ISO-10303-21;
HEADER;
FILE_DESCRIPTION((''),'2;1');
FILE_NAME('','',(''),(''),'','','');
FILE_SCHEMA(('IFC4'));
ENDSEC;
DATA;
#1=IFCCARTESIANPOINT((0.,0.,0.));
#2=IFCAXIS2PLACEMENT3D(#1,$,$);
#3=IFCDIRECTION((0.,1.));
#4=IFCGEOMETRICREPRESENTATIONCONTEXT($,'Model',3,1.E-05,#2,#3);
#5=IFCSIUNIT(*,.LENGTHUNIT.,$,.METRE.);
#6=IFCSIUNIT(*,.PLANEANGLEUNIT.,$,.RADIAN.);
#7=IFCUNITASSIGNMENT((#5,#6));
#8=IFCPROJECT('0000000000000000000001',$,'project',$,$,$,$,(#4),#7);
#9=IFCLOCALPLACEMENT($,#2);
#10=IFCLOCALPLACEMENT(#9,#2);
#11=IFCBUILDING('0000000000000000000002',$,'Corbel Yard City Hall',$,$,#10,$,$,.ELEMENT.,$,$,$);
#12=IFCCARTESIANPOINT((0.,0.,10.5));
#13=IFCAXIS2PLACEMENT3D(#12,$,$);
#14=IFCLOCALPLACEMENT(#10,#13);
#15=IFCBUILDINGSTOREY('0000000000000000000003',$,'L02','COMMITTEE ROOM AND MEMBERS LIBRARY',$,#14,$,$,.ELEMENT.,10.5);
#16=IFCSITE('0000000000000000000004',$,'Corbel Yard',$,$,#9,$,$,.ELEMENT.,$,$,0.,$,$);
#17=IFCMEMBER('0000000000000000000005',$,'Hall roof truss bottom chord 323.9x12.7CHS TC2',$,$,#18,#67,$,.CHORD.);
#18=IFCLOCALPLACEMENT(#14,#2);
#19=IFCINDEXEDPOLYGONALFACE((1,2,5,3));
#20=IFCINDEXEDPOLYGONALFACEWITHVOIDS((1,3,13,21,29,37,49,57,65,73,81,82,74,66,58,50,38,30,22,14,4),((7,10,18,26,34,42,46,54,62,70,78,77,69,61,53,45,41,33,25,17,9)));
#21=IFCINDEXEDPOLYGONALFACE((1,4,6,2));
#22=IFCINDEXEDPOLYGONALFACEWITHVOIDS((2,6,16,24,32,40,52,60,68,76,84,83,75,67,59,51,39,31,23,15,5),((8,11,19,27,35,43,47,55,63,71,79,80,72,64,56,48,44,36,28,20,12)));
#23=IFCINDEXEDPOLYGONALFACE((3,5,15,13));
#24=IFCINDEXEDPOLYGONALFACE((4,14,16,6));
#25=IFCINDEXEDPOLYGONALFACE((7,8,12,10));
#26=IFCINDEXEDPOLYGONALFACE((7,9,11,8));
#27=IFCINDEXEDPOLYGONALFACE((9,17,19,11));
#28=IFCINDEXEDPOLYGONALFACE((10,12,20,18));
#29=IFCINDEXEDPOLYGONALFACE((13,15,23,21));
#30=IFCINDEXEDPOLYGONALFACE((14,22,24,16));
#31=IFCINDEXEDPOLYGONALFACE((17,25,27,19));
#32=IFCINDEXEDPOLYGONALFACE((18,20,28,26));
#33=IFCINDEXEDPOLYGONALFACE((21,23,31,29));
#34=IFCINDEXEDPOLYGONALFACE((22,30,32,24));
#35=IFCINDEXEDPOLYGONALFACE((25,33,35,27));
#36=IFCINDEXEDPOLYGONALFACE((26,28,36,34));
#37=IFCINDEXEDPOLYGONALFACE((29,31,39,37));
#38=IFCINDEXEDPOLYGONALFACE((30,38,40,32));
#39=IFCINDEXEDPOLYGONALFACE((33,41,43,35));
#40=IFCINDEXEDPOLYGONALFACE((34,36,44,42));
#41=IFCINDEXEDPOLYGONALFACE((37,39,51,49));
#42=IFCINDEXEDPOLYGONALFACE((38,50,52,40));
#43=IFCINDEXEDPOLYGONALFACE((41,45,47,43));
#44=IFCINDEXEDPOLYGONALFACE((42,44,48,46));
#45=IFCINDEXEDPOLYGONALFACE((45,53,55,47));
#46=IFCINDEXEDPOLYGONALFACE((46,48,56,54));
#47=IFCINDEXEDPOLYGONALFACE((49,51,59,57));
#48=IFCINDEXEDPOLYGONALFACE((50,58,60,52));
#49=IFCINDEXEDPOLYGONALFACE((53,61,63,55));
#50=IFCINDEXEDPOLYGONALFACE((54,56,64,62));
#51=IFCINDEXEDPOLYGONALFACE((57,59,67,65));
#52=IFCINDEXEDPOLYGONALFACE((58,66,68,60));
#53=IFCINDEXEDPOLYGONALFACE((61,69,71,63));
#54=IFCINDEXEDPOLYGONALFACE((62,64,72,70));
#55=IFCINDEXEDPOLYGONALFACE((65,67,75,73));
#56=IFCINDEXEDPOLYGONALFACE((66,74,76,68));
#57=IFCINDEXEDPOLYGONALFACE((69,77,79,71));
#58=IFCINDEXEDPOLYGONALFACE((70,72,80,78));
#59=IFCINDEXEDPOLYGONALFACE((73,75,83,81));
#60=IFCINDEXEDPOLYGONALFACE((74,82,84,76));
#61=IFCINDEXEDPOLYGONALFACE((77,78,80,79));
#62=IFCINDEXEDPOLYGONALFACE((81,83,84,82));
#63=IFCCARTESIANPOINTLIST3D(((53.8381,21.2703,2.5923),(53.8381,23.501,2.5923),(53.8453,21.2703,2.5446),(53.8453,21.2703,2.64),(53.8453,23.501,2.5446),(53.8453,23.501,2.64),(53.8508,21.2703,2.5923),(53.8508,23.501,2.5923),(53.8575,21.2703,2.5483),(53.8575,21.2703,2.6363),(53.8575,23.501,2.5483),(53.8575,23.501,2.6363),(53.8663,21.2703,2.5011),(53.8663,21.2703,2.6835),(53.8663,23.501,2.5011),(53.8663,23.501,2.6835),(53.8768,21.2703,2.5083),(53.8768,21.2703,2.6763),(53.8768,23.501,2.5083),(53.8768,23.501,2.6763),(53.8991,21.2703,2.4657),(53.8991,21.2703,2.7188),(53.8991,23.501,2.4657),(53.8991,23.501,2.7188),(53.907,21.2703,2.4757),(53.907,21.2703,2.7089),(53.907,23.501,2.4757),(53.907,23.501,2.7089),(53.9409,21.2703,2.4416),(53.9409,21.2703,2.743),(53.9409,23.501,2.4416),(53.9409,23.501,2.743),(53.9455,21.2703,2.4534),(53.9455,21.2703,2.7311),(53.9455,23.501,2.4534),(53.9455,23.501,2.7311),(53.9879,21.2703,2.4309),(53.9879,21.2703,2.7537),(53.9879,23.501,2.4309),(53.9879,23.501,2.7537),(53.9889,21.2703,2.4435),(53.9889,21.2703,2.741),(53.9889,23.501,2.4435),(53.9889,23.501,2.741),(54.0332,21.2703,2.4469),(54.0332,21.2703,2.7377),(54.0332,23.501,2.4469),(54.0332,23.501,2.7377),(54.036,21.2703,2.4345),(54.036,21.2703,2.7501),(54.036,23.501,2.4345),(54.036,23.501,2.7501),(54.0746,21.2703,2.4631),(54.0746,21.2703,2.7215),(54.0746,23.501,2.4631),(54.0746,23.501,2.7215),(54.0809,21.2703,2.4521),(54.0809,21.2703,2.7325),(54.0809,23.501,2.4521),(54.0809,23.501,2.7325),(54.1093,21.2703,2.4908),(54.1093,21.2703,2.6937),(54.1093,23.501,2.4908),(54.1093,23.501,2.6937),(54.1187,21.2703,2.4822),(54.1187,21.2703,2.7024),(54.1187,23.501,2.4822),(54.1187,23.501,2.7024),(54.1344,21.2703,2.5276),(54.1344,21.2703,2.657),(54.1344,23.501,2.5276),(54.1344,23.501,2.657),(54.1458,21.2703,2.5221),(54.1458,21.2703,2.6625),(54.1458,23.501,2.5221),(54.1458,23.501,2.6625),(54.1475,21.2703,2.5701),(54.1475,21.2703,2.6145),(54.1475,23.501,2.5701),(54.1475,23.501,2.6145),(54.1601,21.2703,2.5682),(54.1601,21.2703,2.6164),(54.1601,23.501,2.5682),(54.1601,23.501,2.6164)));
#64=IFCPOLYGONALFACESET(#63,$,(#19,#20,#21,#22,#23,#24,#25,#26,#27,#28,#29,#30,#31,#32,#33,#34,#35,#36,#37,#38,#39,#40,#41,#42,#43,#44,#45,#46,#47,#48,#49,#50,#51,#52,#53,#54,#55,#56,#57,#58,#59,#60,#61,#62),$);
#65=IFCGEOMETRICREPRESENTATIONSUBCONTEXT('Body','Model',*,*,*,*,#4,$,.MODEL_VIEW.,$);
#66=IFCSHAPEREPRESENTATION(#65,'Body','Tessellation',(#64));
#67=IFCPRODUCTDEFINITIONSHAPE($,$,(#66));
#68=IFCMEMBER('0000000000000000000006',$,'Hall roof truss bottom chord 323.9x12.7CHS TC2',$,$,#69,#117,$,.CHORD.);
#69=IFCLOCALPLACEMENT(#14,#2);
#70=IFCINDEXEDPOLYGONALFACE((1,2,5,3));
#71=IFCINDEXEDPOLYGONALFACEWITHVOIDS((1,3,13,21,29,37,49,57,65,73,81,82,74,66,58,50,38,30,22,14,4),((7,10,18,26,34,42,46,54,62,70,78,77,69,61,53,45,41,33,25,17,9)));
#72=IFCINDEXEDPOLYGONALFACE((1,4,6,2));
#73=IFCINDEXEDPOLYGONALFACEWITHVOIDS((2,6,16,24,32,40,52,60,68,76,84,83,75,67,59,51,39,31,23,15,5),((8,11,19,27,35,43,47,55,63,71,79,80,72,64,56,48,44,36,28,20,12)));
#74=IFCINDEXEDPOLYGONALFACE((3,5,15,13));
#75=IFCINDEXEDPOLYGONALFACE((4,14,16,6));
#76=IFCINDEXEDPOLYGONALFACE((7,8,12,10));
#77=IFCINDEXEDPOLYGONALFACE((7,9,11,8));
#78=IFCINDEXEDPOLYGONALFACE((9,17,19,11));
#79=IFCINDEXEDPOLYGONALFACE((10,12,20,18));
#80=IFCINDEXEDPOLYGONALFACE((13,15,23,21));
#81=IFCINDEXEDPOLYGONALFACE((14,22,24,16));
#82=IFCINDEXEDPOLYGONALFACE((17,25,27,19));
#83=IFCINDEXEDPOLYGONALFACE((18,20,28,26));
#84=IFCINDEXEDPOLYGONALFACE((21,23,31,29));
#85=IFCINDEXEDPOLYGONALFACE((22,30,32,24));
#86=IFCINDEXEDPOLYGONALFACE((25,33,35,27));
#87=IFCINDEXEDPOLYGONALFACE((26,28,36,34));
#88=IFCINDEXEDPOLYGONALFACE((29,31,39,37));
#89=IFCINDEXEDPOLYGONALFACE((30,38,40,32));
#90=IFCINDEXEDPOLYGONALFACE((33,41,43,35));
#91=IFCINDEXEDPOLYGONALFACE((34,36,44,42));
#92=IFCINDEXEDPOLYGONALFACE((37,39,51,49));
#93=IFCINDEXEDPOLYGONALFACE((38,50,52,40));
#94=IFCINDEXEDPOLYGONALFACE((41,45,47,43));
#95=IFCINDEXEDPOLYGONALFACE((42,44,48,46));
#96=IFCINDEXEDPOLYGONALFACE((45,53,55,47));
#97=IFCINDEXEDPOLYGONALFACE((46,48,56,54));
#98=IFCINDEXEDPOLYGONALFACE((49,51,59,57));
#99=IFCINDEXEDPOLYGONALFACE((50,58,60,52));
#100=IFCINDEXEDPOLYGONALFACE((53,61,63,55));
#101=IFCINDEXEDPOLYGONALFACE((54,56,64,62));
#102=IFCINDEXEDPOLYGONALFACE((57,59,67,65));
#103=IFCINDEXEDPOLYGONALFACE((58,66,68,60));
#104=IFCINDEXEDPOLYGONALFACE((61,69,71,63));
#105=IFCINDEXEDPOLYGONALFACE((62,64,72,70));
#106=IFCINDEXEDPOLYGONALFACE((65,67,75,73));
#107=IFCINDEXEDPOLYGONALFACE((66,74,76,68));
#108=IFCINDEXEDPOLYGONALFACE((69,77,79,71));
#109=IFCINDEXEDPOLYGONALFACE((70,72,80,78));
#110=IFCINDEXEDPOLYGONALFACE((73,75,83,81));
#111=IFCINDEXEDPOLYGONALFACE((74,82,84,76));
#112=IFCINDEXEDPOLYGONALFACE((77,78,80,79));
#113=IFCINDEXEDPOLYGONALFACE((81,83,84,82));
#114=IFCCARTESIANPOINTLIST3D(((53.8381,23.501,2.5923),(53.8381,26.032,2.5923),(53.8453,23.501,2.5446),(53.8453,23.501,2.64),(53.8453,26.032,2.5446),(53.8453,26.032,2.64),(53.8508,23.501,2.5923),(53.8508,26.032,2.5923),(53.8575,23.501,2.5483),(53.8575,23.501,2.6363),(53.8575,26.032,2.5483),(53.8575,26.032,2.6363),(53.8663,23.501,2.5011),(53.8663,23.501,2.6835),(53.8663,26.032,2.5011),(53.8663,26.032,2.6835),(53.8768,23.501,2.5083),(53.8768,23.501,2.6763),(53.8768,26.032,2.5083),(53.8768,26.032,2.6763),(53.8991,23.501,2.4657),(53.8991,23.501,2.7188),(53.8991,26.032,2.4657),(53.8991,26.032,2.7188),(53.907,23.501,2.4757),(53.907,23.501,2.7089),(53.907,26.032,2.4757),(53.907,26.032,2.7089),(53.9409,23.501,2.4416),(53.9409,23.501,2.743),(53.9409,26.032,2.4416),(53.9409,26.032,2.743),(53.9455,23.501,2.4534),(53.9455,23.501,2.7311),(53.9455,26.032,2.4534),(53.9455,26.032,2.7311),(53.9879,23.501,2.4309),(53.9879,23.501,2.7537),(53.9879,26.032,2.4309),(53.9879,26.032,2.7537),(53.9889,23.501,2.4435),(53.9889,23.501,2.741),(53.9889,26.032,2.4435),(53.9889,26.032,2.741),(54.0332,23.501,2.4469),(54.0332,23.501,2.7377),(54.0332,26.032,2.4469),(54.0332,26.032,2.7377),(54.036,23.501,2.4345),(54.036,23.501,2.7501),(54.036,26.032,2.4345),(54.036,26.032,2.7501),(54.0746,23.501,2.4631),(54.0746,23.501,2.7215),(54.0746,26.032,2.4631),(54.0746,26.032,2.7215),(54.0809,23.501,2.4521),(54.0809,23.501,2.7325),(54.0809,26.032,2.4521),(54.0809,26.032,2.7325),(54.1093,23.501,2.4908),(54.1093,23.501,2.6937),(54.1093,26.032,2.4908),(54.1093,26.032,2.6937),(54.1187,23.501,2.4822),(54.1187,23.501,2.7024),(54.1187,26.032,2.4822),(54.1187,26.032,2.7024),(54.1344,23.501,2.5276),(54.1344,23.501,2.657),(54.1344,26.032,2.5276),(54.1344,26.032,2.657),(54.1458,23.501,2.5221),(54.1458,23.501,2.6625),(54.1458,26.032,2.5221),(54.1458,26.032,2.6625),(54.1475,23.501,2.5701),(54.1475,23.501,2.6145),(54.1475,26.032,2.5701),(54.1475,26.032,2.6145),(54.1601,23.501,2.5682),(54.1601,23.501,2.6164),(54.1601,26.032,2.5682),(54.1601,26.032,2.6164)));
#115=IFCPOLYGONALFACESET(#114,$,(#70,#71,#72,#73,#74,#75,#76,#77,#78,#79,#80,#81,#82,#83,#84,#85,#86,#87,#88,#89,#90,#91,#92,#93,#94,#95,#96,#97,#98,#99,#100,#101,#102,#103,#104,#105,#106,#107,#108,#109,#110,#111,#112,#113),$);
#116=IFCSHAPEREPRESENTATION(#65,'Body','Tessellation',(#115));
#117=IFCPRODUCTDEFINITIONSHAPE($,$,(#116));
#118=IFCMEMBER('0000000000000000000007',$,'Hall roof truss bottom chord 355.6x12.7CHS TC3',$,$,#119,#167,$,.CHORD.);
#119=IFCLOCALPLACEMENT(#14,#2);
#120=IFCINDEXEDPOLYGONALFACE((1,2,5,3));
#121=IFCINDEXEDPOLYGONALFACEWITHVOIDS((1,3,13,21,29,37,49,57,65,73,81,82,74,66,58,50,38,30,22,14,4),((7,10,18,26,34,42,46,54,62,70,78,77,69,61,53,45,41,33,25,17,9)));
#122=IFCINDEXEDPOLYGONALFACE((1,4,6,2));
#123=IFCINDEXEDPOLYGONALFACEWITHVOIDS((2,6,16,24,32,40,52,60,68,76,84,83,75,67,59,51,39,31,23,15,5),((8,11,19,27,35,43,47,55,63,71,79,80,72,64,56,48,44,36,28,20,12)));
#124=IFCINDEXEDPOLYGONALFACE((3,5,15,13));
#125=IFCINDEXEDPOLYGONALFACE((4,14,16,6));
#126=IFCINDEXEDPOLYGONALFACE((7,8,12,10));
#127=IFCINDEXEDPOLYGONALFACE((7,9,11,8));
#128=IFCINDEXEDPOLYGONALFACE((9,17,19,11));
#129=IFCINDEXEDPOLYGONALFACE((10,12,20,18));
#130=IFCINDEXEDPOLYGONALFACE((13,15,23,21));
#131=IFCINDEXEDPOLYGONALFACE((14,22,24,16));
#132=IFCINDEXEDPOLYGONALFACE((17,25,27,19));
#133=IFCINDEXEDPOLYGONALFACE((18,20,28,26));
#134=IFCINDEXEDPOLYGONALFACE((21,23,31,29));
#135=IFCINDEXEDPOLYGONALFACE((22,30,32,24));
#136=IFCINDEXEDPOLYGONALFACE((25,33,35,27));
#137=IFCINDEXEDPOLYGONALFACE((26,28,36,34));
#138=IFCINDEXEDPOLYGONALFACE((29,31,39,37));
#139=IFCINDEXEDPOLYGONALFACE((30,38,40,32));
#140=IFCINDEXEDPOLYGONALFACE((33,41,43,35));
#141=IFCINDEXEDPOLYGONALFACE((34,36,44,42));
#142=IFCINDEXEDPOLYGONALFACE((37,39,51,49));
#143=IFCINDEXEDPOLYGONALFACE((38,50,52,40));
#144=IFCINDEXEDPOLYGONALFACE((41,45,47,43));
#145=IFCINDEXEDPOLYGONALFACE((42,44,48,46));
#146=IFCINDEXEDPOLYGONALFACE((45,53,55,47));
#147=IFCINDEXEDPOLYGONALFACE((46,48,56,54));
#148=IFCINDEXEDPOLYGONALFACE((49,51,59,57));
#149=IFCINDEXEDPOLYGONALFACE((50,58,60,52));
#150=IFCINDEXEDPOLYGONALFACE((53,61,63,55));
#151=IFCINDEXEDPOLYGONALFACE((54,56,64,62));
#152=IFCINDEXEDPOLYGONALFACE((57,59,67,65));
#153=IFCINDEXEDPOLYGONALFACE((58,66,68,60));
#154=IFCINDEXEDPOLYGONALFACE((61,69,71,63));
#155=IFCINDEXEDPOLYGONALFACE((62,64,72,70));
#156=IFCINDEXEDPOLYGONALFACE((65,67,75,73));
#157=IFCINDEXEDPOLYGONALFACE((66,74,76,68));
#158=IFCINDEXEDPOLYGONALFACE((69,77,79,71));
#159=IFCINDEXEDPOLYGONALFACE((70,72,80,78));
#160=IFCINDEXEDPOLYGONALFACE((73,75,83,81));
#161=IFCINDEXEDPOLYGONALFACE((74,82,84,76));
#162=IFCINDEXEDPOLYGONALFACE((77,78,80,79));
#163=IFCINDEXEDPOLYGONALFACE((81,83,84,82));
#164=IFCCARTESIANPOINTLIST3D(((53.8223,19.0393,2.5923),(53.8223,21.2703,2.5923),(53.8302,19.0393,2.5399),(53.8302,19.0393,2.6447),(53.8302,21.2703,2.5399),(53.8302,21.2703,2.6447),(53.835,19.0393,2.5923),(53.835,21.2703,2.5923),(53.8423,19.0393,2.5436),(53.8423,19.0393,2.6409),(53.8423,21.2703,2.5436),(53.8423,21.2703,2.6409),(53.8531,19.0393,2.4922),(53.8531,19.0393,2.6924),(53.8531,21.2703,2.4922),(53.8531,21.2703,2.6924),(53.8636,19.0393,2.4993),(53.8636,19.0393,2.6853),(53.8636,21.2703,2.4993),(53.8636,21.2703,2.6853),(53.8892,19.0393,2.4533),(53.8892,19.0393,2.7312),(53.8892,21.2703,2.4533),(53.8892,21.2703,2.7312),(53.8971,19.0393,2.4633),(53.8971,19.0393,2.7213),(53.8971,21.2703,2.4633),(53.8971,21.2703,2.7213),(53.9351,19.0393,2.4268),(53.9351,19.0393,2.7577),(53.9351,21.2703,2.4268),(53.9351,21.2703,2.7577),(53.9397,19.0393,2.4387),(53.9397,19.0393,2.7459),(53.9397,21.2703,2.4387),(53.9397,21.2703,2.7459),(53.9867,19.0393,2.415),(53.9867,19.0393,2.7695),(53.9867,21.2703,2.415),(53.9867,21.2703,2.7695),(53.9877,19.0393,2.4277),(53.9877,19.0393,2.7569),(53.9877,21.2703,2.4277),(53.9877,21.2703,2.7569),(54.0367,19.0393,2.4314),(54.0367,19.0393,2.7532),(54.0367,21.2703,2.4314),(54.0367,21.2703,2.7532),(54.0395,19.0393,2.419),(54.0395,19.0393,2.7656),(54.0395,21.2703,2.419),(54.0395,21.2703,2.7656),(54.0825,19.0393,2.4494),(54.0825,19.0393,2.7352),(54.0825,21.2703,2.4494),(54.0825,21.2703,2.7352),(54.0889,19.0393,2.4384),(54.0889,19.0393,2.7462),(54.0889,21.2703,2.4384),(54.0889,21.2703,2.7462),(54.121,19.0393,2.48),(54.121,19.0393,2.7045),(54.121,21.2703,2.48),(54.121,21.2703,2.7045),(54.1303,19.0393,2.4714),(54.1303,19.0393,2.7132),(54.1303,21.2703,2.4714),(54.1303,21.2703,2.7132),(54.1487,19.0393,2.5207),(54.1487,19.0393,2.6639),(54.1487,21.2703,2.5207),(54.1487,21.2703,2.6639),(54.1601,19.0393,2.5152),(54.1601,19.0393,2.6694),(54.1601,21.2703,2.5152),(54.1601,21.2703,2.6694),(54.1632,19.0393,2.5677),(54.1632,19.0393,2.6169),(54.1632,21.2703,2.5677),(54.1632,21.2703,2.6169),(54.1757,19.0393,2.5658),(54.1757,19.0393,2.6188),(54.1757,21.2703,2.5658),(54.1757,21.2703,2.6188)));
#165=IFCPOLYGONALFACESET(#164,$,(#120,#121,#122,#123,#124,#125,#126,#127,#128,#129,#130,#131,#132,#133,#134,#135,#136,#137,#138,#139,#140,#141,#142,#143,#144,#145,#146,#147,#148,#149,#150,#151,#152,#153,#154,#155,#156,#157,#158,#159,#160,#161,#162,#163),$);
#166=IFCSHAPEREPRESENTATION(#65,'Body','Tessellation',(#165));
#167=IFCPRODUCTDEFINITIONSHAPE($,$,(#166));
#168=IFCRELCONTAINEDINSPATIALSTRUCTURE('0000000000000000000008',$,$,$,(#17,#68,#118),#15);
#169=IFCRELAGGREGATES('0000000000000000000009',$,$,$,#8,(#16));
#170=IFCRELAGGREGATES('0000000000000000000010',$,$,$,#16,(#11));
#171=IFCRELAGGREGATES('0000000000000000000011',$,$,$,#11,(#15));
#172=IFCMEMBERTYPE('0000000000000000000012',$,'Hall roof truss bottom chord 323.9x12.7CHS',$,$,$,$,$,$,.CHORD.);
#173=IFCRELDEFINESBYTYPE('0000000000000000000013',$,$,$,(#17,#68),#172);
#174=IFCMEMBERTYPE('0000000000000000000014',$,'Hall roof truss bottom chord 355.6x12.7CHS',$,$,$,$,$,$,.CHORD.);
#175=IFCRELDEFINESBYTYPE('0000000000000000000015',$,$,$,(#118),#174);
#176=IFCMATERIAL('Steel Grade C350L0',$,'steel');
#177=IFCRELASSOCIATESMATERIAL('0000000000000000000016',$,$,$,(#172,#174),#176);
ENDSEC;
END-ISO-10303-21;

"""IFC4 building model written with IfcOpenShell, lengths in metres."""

from ifc_helpers import new_model, si_unit, direction, frame, origin, origin_2d, place, context, subcontext, project, spatial, hollow_circle, extrude, material, material_profile, profile_set, type_object, element, save


model = new_model("IFC4")

# Units and contexts
model_context = context("Model", 3, precision=1e-05, world=origin(), true_north=direction((0.0, 1.0)))
body_context = subcontext(model_context, "Body", "Model", "MODEL_VIEW")
ifc_project = project(units=[si_unit("LENGTHUNIT", "METRE"), si_unit("PLANEANGLEUNIT", "RADIAN")], contexts=[model_context])

# Site, building, storey
site_placement = place(None, origin())
site = spatial("IfcSite", under=ifc_project, at=site_placement, Name="Corbel Yard", CompositionType="ELEMENT", RefElevation=0.0)
building_placement = place(site_placement, origin())
building = spatial("IfcBuilding", under=site, at=building_placement, Name="Corbel Yard City Hall", CompositionType="ELEMENT")
storey_placement = place(building_placement, frame((0.0, 0.0, 10.5)))
storey = spatial("IfcBuildingStorey", under=building, at=storey_placement, Name="L02", Description="COMMITTEE ROOM AND MEMBERS LIBRARY", CompositionType="ELEMENT", Elevation=10.5)

# Members
ifc_material_1 = material(Name="Steel Grade C350L0", Category="steel")
ifc_material_profile_1 = material_profile(ifc_material_1, hollow_circle(Radius=0.1619, WallThickness=0.0127, at=origin_2d()), Name="323.9x12.7CHS")
ifc_profile_set_1 = profile_set([ifc_material_profile_1], Name="Steel Grade C350L0")
member_type_1 = type_object("IfcMemberType", Name="Hall roof truss bottom chord 323.9x12.7CHS", PredefinedType="CHORD", material=ifc_profile_set_1)
member_1_placement = place(storey_placement, frame((54.0, 21.2703, 2.5923), z_axis=(0.0, 1.0, 0.0), x_axis=(-1.0, 0.0, 0.0)))
element("IfcMember", 1, at=member_1_placement, inside=storey, type_object=member_type_1, Name="Hall roof truss bottom chord 323.9x12.7CHS TC2", PredefinedType="CHORD", context=body_context, shape_type="SweptSolid", body=[
    extrude(hollow_circle(Radius=0.1619, WallThickness=0.0127, at=origin_2d()), origin(), (0.0, 0.0, 1.0), 2.2307),
])
member_2_placement = place(storey_placement, frame((54.0, 23.501, 2.5923), z_axis=(0.0, 1.0, 0.0), x_axis=(-1.0, 0.0, 0.0)))
element("IfcMember", 2, at=member_2_placement, inside=storey, type_object=member_type_1, Name="Hall roof truss bottom chord 323.9x12.7CHS TC2", PredefinedType="CHORD", context=body_context, shape_type="SweptSolid", body=[
    extrude(hollow_circle(Radius=0.1619, WallThickness=0.0127, at=origin_2d()), origin(), (0.0, 0.0, 1.0), 2.531),
])
ifc_material_profile_2 = material_profile(ifc_material_1, hollow_circle(Radius=0.1777, WallThickness=0.0127, at=origin_2d()), Name="355.6x12.7CHS")
ifc_profile_set_2 = profile_set([ifc_material_profile_2], Name="Steel Grade C350L0")
member_type_2 = type_object("IfcMemberType", Name="Hall roof truss bottom chord 355.6x12.7CHS", PredefinedType="CHORD", material=ifc_profile_set_2)
member_3_placement = place(storey_placement, frame((54.0, 19.0393, 2.5923), z_axis=(0.0, 1.0, 0.0), x_axis=(-1.0, 0.0, 0.0)))
element("IfcMember", 3, at=member_3_placement, inside=storey, type_object=member_type_2, Name="Hall roof truss bottom chord 355.6x12.7CHS TC3", PredefinedType="CHORD", context=body_context, shape_type="SweptSolid", body=[
    extrude(hollow_circle(Radius=0.1777, WallThickness=0.0127, at=origin_2d()), origin(), (0.0, 0.0, 1.0), 2.231),
])

save(model, "model.ifc")
